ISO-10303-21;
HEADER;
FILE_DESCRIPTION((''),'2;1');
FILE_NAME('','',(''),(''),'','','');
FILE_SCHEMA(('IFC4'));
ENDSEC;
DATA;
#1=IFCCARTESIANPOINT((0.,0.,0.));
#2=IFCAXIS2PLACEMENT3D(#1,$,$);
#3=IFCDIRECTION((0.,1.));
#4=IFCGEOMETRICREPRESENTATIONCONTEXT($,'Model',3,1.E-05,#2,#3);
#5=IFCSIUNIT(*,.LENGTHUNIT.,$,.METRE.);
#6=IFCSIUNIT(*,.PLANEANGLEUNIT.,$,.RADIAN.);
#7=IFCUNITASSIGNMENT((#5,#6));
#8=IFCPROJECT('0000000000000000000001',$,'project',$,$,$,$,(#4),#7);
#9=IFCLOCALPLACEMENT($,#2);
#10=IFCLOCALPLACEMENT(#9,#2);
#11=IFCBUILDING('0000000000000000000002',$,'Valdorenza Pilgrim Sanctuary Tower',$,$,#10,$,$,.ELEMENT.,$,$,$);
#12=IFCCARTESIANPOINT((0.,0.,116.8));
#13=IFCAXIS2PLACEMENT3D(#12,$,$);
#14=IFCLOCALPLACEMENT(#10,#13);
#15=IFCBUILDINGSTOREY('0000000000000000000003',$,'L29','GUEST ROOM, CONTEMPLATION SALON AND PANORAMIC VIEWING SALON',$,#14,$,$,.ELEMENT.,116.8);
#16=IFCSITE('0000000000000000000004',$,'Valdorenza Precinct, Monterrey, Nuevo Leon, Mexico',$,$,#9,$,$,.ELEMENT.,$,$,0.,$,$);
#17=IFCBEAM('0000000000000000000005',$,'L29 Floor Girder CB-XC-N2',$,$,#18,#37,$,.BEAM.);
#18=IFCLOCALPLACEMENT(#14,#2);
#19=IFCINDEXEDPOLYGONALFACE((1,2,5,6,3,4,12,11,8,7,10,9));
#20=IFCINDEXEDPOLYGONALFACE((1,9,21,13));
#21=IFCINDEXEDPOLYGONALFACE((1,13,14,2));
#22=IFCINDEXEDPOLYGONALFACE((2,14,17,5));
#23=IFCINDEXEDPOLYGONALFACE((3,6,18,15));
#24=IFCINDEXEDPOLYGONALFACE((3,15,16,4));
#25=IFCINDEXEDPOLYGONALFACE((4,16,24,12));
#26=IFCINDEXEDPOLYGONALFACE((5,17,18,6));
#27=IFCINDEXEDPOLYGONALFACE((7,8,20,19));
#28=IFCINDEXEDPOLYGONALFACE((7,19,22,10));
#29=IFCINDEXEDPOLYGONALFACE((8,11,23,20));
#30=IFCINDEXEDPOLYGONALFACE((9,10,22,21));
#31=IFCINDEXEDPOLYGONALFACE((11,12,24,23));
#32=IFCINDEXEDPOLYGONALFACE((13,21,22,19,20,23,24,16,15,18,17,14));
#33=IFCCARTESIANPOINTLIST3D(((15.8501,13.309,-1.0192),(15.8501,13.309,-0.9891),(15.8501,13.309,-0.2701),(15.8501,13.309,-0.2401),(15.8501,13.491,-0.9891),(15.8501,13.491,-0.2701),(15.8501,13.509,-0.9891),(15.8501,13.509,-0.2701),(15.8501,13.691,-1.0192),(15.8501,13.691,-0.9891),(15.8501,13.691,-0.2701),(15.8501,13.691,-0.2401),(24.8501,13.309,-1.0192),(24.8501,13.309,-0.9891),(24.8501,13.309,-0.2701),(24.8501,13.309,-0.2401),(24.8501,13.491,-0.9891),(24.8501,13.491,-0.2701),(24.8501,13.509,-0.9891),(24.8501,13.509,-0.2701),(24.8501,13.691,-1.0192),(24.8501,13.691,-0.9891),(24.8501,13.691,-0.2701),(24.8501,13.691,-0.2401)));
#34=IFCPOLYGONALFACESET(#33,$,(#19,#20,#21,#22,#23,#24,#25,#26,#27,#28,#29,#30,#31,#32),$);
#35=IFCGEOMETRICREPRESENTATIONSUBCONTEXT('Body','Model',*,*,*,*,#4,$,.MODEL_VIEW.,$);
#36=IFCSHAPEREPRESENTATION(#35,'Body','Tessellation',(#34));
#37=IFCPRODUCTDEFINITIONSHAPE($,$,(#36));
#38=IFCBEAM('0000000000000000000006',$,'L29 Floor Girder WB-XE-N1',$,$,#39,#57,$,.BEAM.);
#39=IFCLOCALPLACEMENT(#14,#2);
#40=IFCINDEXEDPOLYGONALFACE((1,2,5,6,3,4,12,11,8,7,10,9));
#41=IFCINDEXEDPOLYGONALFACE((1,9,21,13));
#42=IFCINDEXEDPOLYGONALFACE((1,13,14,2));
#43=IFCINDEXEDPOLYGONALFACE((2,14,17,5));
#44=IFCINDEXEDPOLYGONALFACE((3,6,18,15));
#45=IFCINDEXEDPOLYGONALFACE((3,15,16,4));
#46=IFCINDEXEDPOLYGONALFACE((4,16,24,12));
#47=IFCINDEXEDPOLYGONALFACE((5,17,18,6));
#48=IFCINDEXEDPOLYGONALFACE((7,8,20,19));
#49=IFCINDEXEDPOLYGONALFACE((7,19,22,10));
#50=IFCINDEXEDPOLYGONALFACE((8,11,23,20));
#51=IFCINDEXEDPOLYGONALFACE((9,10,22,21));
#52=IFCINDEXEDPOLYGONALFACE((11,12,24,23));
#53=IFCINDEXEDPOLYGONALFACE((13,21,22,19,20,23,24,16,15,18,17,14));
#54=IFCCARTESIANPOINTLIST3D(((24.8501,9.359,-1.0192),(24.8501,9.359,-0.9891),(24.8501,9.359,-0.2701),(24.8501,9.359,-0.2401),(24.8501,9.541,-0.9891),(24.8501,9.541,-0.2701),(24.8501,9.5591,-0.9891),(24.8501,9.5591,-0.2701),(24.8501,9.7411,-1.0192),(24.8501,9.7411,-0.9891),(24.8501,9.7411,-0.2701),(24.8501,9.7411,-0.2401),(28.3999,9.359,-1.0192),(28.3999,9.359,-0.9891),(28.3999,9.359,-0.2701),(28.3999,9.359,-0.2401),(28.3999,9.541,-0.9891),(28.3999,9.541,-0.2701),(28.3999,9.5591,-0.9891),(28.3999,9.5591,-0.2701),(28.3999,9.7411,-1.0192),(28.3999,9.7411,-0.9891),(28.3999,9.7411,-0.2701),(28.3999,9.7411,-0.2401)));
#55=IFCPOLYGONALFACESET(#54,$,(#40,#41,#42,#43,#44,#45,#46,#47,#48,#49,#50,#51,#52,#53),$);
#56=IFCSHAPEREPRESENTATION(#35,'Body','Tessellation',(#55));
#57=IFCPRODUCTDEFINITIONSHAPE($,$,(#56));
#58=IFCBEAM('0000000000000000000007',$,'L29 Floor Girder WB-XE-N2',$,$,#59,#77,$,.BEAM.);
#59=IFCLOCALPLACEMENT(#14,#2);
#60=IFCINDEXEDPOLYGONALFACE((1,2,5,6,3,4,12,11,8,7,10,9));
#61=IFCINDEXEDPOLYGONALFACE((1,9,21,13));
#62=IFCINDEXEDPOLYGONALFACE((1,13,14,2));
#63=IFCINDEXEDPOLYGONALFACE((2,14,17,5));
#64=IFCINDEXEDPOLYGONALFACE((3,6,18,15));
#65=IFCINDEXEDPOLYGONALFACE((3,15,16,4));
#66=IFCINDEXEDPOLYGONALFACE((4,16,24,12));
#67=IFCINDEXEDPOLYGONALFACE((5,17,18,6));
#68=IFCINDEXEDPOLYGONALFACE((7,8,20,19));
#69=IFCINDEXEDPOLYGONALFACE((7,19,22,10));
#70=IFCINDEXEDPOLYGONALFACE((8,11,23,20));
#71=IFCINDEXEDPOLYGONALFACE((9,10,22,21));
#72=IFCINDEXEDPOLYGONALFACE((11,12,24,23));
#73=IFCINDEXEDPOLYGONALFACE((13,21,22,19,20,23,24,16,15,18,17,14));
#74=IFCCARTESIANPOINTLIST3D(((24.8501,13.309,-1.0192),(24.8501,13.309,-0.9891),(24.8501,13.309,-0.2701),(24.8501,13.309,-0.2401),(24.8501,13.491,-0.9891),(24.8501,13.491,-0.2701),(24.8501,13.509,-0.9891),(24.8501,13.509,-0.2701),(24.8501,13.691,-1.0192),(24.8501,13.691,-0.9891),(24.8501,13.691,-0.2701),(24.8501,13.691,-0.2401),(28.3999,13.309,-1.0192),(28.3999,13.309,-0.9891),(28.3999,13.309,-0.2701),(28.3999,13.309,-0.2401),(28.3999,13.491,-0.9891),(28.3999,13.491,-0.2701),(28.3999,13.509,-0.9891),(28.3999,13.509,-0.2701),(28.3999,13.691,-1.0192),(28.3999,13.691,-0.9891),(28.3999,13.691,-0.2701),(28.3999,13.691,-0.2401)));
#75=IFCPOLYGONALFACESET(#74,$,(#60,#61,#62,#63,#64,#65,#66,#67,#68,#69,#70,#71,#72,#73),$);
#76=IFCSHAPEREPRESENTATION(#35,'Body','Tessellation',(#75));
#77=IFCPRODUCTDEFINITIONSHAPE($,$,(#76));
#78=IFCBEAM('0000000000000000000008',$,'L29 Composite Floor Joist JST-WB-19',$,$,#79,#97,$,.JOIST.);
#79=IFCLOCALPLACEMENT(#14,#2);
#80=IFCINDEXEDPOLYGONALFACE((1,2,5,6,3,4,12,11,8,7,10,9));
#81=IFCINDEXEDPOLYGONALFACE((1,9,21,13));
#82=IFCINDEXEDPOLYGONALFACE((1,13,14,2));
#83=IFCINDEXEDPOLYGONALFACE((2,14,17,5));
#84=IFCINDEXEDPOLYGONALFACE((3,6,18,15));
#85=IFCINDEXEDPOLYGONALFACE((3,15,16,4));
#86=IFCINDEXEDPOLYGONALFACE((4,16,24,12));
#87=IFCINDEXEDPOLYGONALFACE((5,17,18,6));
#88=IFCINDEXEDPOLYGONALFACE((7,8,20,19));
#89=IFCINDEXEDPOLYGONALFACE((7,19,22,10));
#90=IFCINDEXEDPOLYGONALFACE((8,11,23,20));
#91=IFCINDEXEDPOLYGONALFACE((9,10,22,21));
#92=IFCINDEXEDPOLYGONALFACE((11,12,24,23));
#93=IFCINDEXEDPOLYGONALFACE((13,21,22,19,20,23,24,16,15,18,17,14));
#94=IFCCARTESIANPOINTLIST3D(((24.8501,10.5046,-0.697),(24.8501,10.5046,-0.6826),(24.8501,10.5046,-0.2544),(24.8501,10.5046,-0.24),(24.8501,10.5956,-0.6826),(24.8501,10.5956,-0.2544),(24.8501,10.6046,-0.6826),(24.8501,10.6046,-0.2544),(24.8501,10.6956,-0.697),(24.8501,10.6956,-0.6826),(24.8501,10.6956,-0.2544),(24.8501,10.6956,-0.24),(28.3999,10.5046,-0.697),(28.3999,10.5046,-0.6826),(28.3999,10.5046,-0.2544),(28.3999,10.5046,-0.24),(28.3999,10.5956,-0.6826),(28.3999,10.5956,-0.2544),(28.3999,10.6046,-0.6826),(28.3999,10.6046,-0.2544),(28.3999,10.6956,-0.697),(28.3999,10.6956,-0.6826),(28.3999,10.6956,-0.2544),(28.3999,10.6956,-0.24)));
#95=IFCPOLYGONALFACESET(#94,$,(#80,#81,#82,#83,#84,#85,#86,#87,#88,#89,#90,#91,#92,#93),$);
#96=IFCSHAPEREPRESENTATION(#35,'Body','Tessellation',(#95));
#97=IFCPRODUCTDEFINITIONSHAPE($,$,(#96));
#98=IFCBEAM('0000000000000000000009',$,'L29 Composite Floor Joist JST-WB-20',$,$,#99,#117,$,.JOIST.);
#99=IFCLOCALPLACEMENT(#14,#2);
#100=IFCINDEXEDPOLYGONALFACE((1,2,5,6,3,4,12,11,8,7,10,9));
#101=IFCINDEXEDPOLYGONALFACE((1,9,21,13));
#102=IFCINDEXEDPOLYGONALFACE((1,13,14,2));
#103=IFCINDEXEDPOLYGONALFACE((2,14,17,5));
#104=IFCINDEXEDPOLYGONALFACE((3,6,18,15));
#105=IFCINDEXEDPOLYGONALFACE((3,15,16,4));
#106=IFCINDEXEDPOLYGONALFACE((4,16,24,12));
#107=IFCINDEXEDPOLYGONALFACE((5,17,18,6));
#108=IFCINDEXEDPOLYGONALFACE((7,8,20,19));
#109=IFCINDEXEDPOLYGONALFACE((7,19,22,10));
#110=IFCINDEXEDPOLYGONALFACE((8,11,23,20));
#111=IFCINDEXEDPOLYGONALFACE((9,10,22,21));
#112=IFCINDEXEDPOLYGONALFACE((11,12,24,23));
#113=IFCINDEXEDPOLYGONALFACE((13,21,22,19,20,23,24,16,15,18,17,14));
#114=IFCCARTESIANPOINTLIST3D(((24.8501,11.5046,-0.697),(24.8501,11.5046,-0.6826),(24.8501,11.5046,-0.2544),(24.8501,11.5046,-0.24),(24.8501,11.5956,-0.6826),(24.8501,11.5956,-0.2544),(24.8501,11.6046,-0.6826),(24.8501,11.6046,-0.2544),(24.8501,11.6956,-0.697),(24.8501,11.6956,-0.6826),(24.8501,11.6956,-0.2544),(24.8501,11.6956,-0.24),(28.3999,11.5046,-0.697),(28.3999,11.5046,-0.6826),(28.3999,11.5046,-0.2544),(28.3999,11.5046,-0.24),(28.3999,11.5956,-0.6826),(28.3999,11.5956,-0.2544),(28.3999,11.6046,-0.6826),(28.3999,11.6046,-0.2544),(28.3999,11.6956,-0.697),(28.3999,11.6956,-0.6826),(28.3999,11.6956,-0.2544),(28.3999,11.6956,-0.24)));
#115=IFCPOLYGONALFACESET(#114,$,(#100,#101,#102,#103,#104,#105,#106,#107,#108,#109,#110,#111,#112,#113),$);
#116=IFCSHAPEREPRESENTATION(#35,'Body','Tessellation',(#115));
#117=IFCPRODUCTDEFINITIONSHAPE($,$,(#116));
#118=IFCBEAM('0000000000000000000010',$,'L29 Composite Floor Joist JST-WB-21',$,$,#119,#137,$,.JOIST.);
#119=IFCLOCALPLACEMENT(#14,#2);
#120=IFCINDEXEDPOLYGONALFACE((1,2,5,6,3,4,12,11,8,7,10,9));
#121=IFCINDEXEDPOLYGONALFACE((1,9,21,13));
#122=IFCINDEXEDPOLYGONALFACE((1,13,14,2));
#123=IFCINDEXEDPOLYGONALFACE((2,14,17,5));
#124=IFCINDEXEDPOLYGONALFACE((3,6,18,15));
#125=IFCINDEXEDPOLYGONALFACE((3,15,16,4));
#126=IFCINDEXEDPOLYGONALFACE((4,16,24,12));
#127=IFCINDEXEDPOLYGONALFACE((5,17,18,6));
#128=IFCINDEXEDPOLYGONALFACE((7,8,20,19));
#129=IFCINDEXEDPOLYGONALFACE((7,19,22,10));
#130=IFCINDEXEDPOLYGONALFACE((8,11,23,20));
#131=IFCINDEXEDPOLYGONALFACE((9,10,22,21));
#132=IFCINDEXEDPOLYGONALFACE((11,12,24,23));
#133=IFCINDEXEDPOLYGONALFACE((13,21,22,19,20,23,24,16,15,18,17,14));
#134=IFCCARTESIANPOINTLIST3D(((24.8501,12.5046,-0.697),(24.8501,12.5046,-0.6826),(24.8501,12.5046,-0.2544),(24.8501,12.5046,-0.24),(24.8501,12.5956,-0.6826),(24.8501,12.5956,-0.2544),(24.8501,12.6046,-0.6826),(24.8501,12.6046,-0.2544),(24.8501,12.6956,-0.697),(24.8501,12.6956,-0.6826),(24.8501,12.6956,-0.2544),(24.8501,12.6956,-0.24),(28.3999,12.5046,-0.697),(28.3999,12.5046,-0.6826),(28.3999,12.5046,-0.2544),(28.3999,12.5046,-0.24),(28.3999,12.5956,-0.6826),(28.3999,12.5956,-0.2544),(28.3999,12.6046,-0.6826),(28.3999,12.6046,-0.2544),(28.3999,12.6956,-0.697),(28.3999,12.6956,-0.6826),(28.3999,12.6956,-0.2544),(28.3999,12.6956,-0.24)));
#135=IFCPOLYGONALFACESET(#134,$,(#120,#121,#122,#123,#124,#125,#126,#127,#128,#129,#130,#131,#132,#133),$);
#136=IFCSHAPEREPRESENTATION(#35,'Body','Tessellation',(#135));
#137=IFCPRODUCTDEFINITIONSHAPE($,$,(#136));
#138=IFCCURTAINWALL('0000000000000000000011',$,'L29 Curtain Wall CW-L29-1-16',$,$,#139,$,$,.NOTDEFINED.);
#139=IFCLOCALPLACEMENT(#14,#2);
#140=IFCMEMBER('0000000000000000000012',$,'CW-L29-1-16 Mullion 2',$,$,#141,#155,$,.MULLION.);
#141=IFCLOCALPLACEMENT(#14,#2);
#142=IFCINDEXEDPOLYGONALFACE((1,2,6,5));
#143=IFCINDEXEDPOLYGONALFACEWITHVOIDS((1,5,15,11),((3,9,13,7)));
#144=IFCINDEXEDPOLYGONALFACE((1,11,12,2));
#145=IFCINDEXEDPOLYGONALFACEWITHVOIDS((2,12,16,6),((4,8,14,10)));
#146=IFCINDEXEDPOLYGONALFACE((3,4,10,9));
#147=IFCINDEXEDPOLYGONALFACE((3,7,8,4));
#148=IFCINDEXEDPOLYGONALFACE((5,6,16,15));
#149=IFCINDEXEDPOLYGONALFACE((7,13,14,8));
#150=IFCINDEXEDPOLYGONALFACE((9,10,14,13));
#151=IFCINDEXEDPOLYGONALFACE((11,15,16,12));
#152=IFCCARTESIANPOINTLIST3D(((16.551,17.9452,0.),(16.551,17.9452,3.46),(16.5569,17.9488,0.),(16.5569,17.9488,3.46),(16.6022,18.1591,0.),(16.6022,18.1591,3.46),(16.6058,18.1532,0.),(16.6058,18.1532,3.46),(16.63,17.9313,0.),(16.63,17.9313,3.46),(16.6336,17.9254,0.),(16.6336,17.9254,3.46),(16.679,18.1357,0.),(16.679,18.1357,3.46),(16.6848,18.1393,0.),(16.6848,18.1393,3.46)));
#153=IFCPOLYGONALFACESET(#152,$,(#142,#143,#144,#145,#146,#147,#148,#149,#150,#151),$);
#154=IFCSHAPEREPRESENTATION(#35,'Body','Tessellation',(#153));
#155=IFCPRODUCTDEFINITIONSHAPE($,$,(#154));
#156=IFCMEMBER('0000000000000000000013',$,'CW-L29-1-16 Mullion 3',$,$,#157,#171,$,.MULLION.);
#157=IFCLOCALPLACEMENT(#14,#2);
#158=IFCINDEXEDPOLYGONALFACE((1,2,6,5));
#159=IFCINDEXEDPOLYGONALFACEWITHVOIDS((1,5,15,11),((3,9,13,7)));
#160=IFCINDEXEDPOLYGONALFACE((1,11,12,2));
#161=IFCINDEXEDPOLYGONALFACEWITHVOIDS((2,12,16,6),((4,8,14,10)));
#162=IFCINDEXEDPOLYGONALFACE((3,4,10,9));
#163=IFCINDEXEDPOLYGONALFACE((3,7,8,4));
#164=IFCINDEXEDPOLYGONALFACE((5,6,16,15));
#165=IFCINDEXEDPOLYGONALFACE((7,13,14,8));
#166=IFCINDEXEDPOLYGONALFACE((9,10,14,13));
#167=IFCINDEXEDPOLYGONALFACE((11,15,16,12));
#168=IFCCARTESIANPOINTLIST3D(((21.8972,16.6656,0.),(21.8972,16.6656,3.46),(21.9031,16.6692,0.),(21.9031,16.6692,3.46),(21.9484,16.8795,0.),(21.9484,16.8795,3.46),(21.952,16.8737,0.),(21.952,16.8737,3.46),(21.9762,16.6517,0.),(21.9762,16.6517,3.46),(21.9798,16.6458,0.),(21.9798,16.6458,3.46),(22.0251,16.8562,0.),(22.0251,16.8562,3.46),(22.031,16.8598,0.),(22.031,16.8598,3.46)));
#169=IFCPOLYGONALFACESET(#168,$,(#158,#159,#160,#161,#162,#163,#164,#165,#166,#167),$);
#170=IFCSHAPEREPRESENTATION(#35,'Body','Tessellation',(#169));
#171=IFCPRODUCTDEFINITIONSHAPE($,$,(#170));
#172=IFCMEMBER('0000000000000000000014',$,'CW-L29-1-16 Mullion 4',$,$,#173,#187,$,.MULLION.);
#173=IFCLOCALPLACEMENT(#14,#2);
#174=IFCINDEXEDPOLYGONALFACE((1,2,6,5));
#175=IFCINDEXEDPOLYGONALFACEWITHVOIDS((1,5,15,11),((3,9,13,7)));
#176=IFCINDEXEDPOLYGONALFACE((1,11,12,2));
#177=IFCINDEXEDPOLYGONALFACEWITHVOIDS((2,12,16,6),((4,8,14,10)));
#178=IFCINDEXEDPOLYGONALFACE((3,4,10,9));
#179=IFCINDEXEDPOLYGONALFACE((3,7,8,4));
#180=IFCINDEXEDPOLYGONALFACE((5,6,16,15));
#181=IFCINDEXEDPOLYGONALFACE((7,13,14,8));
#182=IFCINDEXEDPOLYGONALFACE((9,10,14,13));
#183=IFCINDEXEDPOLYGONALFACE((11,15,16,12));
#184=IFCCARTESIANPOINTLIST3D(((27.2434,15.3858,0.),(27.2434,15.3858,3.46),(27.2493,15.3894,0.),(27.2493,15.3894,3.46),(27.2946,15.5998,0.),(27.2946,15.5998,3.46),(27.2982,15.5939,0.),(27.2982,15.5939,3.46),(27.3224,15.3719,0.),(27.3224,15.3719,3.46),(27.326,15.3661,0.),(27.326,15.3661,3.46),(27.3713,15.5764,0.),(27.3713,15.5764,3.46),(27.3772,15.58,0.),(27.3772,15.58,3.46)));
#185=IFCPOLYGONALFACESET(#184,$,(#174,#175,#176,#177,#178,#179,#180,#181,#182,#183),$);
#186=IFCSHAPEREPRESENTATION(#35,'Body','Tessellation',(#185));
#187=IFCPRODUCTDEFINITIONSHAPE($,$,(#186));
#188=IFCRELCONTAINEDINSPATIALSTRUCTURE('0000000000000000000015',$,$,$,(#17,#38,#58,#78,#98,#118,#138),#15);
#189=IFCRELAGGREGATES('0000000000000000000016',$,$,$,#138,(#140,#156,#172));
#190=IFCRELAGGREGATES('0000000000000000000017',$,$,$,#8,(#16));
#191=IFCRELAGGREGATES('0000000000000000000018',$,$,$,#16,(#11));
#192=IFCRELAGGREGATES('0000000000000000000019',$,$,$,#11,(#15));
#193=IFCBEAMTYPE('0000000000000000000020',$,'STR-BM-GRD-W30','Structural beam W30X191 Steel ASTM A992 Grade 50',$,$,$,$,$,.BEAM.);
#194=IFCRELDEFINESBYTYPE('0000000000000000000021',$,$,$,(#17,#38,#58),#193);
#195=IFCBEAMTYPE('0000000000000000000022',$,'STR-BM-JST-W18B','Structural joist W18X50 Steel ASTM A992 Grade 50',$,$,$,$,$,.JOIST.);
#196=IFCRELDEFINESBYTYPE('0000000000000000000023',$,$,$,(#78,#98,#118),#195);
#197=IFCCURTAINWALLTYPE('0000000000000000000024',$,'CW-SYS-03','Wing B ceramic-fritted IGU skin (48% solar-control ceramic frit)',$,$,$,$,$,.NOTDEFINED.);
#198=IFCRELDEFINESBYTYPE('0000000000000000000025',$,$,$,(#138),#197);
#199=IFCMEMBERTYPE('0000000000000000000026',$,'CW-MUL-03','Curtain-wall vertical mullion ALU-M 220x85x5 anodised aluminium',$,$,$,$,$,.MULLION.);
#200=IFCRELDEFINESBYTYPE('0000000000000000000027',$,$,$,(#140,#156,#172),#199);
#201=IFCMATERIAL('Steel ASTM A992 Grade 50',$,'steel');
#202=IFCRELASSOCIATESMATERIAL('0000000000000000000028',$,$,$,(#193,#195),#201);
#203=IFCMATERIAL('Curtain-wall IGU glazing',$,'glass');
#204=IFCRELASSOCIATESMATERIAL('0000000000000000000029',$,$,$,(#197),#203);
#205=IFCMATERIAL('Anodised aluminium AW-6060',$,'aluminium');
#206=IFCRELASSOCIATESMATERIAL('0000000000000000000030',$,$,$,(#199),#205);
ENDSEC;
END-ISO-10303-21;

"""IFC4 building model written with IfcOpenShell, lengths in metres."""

from ifc_helpers import new_model, si_unit, direction, frame, origin, origin_2d, place, context, subcontext, project, spatial, hollow_rectangle, i_section, extrude, source, transform, mapped, material, material_profile, profile_set, type_object, element, aggregate, save


model = new_model("IFC4")

# Units and contexts
model_context = context("Model", 3, precision=1e-05, world=origin(), true_north=direction((0.0, 1.0)))
body_context = subcontext(model_context, "Body", "Model", "MODEL_VIEW")
ifc_project = project(units=[si_unit("LENGTHUNIT", "METRE"), si_unit("PLANEANGLEUNIT", "RADIAN")], contexts=[model_context])

# Site, building, storey
site_placement = place(None, origin())
site = spatial("IfcSite", under=ifc_project, at=site_placement, Name="Valdorenza Precinct, Monterrey, Nuevo Leon, Mexico", CompositionType="ELEMENT", RefElevation=0.0)
building_placement = place(site_placement, origin())
building = spatial("IfcBuilding", under=site, at=building_placement, Name="Valdorenza Pilgrim Sanctuary Tower", CompositionType="ELEMENT")
storey_placement = place(building_placement, frame((0.0, 0.0, 116.8)))
storey = spatial("IfcBuildingStorey", under=building, at=storey_placement, Name="L29", Description="GUEST ROOM, CONTEMPLATION SALON AND PANORAMIC VIEWING SALON", CompositionType="ELEMENT", Elevation=116.8)

# Shared definitions
ifc_material_1 = material(Name="Steel ASTM A992 Grade 50", Category="steel")

# Beams
ifc_material_profile_1 = material_profile(ifc_material_1, i_section(OverallWidth=0.3821, OverallDepth=0.7791, WebThickness=0.0181, FlangeThickness=0.03, at=origin_2d()), Name="W30X191")
ifc_profile_set_1 = profile_set([ifc_material_profile_1], Name="Steel ASTM A992 Grade 50")
beam_type_1 = type_object("IfcBeamType", Name="STR-BM-GRD-W30", Description="Structural beam W30X191 Steel ASTM A992 Grade 50", PredefinedType="BEAM", material=ifc_profile_set_1)
shared_shape_1 = source(origin(), body_context, "Body", "SweptSolid", [
    extrude(i_section(OverallWidth=0.3821, OverallDepth=0.7791, WebThickness=0.0181, FlangeThickness=0.03, at=origin_2d()), origin(), (0.0, 0.0, 1.0), 9.0),
])
for number, where, z_axis, x_axis, name in (
    (1, (15.8501, 13.5, -0.6296), (1.0, 0.0, 0.0), (0.0, 1.0, 0.0), "L29 Floor Girder CB-XC-N2"),
):
    element("IfcBeam", number, at=place(storey_placement, frame(where, z_axis=z_axis, x_axis=x_axis)), inside=storey, type_object=beam_type_1, Name=name, PredefinedType="BEAM", context=body_context, shape_type="MappedRepresentation", body=[
        mapped(shared_shape_1, transform((0.0, 0.0, 0.0), x_axis=(1.0, 0.0, 0.0), y_axis=(0.0, 1.0, 0.0), z_axis=(0.0, 0.0, 1.0), scale=1.0)),
    ])
shared_shape_2 = source(origin(), body_context, "Body", "SweptSolid", [
    extrude(i_section(OverallWidth=0.3821, OverallDepth=0.7791, WebThickness=0.0181, FlangeThickness=0.03, at=origin_2d()), origin(), (0.0, 0.0, 1.0), 3.5498),
])
for number, where, z_axis, x_axis, name in (
    (2, (24.8501, 9.55, -0.6296), (1.0, 0.0, 0.0), (0.0, 1.0, 0.0), "L29 Floor Girder WB-XE-N1"),
    (3, (24.8501, 13.5, -0.6296), (1.0, 0.0, 0.0), (0.0, 1.0, 0.0), "L29 Floor Girder WB-XE-N2"),
):
    element("IfcBeam", number, at=place(storey_placement, frame(where, z_axis=z_axis, x_axis=x_axis)), inside=storey, type_object=beam_type_1, Name=name, PredefinedType="BEAM", context=body_context, shape_type="MappedRepresentation", body=[
        mapped(shared_shape_2, transform((0.0, 0.0, 0.0), x_axis=(1.0, 0.0, 0.0), y_axis=(0.0, 1.0, 0.0), z_axis=(0.0, 0.0, 1.0), scale=1.0)),
    ])
ifc_material_profile_2 = material_profile(ifc_material_1, i_section(OverallWidth=0.1909, OverallDepth=0.457, WebThickness=0.009, FlangeThickness=0.0144, at=origin_2d()), Name="W18X50")
ifc_profile_set_2 = profile_set([ifc_material_profile_2], Name="Steel ASTM A992 Grade 50")
beam_type_2 = type_object("IfcBeamType", Name="STR-BM-JST-W18B", Description="Structural joist W18X50 Steel ASTM A992 Grade 50", PredefinedType="JOIST", material=ifc_profile_set_2)
shared_shape_3 = source(origin(), body_context, "Body", "SweptSolid", [
    extrude(i_section(OverallWidth=0.1909, OverallDepth=0.457, WebThickness=0.009, FlangeThickness=0.0144, at=origin_2d()), origin(), (0.0, 0.0, 1.0), 3.5498),
])
for number, where, z_axis, x_axis, name in (
    (4, (24.8501, 10.6001, -0.4685), (1.0, 0.0, 0.0), (0.0, 1.0, 0.0), "L29 Composite Floor Joist JST-WB-19"),
    (5, (24.8501, 11.6001, -0.4685), (1.0, 0.0, 0.0), (0.0, 1.0, 0.0), "L29 Composite Floor Joist JST-WB-20"),
    (6, (24.8501, 12.6001, -0.4685), (1.0, 0.0, 0.0), (0.0, 1.0, 0.0), "L29 Composite Floor Joist JST-WB-21"),
):
    element("IfcBeam", number, at=place(storey_placement, frame(where, z_axis=z_axis, x_axis=x_axis)), inside=storey, type_object=beam_type_2, Name=name, PredefinedType="JOIST", context=body_context, shape_type="MappedRepresentation", body=[
        mapped(shared_shape_3, transform((0.0, 0.0, 0.0), x_axis=(1.0, 0.0, 0.0), y_axis=(0.0, 1.0, 0.0), z_axis=(0.0, 0.0, 1.0), scale=1.0)),
    ])

# Curtain wall, members
ifc_material_2 = material(Name="Curtain-wall IGU glazing", Category="glass")
curtain_wall_type = type_object("IfcCurtainWallType", Name="CW-SYS-03", Description="Wing B ceramic-fritted IGU skin (48% solar-control ceramic frit)", PredefinedType="NOTDEFINED", material=ifc_material_2)
curtain_wall_1_placement = place(storey_placement, origin())
curtain_wall_1 = element("IfcCurtainWall", 7, at=curtain_wall_1_placement, inside=storey, type_object=curtain_wall_type, Name="L29 Curtain Wall CW-L29-1-16", PredefinedType="NOTDEFINED")
ifc_material_3 = material(Name="Anodised aluminium AW-6060", Category="aluminium")
ifc_material_profile_3 = material_profile(ifc_material_3, hollow_rectangle(XDim=0.085, YDim=0.22, WallThickness=0.0049, at=origin_2d()), Name="ALU-M 220x85x5")
ifc_profile_set_3 = profile_set([ifc_material_profile_3], Name="Anodised aluminium AW-6060")
member_type_1 = type_object("IfcMemberType", Name="CW-MUL-03", Description="Curtain-wall vertical mullion ALU-M 220x85x5 anodised aluminium", PredefinedType="MULLION", material=ifc_profile_set_3)
shared_shape_4 = source(origin(), body_context, "Body", "SweptSolid", [
    extrude(hollow_rectangle(XDim=0.085, YDim=0.22, WallThickness=0.0049, at=origin_2d()), origin(), (0.0, 0.0, 1.0), 3.46),
])
member_1_placement = place(storey_placement, frame((16.6179, 18.0422, 0.0), z_axis=(0.0, 0.0, 1.0), x_axis=(0.972529, -0.232783, 0.0)))
member_1 = element("IfcMember", 8, at=member_1_placement, type_object=member_type_1, Name="CW-L29-1-16 Mullion 2", PredefinedType="MULLION", context=body_context, shape_type="MappedRepresentation", body=[
    mapped(shared_shape_4, transform((0.0, 0.0, 0.0), x_axis=(1.0, 0.0, 0.0), y_axis=(0.0, 1.0, 0.0), z_axis=(0.0, 0.0, 1.0), scale=1.0)),
])
member_2_placement = place(storey_placement, frame((21.9641, 16.7627, 0.0), z_axis=(0.0, 0.0, 1.0), x_axis=(0.972529, -0.232783, 0.0)))
member_2 = element("IfcMember", 9, at=member_2_placement, type_object=member_type_1, Name="CW-L29-1-16 Mullion 3", PredefinedType="MULLION", context=body_context, shape_type="MappedRepresentation", body=[
    mapped(shared_shape_4, transform((0.0, 0.0, 0.0), x_axis=(1.0, 0.0, 0.0), y_axis=(0.0, 1.0, 0.0), z_axis=(0.0, 0.0, 1.0), scale=1.0)),
])
member_3_placement = place(storey_placement, frame((27.3103, 15.4829, 0.0), z_axis=(0.0, 0.0, 1.0), x_axis=(0.972529, -0.232783, 0.0)))
member_3 = element("IfcMember", 10, at=member_3_placement, type_object=member_type_1, Name="CW-L29-1-16 Mullion 4", PredefinedType="MULLION", context=body_context, shape_type="MappedRepresentation", body=[
    mapped(shared_shape_4, transform((0.0, 0.0, 0.0), x_axis=(1.0, 0.0, 0.0), y_axis=(0.0, 1.0, 0.0), z_axis=(0.0, 0.0, 1.0), scale=1.0)),
])

aggregate(curtain_wall_1, [member_1, member_2, member_3])

save(model, "model.ifc")
